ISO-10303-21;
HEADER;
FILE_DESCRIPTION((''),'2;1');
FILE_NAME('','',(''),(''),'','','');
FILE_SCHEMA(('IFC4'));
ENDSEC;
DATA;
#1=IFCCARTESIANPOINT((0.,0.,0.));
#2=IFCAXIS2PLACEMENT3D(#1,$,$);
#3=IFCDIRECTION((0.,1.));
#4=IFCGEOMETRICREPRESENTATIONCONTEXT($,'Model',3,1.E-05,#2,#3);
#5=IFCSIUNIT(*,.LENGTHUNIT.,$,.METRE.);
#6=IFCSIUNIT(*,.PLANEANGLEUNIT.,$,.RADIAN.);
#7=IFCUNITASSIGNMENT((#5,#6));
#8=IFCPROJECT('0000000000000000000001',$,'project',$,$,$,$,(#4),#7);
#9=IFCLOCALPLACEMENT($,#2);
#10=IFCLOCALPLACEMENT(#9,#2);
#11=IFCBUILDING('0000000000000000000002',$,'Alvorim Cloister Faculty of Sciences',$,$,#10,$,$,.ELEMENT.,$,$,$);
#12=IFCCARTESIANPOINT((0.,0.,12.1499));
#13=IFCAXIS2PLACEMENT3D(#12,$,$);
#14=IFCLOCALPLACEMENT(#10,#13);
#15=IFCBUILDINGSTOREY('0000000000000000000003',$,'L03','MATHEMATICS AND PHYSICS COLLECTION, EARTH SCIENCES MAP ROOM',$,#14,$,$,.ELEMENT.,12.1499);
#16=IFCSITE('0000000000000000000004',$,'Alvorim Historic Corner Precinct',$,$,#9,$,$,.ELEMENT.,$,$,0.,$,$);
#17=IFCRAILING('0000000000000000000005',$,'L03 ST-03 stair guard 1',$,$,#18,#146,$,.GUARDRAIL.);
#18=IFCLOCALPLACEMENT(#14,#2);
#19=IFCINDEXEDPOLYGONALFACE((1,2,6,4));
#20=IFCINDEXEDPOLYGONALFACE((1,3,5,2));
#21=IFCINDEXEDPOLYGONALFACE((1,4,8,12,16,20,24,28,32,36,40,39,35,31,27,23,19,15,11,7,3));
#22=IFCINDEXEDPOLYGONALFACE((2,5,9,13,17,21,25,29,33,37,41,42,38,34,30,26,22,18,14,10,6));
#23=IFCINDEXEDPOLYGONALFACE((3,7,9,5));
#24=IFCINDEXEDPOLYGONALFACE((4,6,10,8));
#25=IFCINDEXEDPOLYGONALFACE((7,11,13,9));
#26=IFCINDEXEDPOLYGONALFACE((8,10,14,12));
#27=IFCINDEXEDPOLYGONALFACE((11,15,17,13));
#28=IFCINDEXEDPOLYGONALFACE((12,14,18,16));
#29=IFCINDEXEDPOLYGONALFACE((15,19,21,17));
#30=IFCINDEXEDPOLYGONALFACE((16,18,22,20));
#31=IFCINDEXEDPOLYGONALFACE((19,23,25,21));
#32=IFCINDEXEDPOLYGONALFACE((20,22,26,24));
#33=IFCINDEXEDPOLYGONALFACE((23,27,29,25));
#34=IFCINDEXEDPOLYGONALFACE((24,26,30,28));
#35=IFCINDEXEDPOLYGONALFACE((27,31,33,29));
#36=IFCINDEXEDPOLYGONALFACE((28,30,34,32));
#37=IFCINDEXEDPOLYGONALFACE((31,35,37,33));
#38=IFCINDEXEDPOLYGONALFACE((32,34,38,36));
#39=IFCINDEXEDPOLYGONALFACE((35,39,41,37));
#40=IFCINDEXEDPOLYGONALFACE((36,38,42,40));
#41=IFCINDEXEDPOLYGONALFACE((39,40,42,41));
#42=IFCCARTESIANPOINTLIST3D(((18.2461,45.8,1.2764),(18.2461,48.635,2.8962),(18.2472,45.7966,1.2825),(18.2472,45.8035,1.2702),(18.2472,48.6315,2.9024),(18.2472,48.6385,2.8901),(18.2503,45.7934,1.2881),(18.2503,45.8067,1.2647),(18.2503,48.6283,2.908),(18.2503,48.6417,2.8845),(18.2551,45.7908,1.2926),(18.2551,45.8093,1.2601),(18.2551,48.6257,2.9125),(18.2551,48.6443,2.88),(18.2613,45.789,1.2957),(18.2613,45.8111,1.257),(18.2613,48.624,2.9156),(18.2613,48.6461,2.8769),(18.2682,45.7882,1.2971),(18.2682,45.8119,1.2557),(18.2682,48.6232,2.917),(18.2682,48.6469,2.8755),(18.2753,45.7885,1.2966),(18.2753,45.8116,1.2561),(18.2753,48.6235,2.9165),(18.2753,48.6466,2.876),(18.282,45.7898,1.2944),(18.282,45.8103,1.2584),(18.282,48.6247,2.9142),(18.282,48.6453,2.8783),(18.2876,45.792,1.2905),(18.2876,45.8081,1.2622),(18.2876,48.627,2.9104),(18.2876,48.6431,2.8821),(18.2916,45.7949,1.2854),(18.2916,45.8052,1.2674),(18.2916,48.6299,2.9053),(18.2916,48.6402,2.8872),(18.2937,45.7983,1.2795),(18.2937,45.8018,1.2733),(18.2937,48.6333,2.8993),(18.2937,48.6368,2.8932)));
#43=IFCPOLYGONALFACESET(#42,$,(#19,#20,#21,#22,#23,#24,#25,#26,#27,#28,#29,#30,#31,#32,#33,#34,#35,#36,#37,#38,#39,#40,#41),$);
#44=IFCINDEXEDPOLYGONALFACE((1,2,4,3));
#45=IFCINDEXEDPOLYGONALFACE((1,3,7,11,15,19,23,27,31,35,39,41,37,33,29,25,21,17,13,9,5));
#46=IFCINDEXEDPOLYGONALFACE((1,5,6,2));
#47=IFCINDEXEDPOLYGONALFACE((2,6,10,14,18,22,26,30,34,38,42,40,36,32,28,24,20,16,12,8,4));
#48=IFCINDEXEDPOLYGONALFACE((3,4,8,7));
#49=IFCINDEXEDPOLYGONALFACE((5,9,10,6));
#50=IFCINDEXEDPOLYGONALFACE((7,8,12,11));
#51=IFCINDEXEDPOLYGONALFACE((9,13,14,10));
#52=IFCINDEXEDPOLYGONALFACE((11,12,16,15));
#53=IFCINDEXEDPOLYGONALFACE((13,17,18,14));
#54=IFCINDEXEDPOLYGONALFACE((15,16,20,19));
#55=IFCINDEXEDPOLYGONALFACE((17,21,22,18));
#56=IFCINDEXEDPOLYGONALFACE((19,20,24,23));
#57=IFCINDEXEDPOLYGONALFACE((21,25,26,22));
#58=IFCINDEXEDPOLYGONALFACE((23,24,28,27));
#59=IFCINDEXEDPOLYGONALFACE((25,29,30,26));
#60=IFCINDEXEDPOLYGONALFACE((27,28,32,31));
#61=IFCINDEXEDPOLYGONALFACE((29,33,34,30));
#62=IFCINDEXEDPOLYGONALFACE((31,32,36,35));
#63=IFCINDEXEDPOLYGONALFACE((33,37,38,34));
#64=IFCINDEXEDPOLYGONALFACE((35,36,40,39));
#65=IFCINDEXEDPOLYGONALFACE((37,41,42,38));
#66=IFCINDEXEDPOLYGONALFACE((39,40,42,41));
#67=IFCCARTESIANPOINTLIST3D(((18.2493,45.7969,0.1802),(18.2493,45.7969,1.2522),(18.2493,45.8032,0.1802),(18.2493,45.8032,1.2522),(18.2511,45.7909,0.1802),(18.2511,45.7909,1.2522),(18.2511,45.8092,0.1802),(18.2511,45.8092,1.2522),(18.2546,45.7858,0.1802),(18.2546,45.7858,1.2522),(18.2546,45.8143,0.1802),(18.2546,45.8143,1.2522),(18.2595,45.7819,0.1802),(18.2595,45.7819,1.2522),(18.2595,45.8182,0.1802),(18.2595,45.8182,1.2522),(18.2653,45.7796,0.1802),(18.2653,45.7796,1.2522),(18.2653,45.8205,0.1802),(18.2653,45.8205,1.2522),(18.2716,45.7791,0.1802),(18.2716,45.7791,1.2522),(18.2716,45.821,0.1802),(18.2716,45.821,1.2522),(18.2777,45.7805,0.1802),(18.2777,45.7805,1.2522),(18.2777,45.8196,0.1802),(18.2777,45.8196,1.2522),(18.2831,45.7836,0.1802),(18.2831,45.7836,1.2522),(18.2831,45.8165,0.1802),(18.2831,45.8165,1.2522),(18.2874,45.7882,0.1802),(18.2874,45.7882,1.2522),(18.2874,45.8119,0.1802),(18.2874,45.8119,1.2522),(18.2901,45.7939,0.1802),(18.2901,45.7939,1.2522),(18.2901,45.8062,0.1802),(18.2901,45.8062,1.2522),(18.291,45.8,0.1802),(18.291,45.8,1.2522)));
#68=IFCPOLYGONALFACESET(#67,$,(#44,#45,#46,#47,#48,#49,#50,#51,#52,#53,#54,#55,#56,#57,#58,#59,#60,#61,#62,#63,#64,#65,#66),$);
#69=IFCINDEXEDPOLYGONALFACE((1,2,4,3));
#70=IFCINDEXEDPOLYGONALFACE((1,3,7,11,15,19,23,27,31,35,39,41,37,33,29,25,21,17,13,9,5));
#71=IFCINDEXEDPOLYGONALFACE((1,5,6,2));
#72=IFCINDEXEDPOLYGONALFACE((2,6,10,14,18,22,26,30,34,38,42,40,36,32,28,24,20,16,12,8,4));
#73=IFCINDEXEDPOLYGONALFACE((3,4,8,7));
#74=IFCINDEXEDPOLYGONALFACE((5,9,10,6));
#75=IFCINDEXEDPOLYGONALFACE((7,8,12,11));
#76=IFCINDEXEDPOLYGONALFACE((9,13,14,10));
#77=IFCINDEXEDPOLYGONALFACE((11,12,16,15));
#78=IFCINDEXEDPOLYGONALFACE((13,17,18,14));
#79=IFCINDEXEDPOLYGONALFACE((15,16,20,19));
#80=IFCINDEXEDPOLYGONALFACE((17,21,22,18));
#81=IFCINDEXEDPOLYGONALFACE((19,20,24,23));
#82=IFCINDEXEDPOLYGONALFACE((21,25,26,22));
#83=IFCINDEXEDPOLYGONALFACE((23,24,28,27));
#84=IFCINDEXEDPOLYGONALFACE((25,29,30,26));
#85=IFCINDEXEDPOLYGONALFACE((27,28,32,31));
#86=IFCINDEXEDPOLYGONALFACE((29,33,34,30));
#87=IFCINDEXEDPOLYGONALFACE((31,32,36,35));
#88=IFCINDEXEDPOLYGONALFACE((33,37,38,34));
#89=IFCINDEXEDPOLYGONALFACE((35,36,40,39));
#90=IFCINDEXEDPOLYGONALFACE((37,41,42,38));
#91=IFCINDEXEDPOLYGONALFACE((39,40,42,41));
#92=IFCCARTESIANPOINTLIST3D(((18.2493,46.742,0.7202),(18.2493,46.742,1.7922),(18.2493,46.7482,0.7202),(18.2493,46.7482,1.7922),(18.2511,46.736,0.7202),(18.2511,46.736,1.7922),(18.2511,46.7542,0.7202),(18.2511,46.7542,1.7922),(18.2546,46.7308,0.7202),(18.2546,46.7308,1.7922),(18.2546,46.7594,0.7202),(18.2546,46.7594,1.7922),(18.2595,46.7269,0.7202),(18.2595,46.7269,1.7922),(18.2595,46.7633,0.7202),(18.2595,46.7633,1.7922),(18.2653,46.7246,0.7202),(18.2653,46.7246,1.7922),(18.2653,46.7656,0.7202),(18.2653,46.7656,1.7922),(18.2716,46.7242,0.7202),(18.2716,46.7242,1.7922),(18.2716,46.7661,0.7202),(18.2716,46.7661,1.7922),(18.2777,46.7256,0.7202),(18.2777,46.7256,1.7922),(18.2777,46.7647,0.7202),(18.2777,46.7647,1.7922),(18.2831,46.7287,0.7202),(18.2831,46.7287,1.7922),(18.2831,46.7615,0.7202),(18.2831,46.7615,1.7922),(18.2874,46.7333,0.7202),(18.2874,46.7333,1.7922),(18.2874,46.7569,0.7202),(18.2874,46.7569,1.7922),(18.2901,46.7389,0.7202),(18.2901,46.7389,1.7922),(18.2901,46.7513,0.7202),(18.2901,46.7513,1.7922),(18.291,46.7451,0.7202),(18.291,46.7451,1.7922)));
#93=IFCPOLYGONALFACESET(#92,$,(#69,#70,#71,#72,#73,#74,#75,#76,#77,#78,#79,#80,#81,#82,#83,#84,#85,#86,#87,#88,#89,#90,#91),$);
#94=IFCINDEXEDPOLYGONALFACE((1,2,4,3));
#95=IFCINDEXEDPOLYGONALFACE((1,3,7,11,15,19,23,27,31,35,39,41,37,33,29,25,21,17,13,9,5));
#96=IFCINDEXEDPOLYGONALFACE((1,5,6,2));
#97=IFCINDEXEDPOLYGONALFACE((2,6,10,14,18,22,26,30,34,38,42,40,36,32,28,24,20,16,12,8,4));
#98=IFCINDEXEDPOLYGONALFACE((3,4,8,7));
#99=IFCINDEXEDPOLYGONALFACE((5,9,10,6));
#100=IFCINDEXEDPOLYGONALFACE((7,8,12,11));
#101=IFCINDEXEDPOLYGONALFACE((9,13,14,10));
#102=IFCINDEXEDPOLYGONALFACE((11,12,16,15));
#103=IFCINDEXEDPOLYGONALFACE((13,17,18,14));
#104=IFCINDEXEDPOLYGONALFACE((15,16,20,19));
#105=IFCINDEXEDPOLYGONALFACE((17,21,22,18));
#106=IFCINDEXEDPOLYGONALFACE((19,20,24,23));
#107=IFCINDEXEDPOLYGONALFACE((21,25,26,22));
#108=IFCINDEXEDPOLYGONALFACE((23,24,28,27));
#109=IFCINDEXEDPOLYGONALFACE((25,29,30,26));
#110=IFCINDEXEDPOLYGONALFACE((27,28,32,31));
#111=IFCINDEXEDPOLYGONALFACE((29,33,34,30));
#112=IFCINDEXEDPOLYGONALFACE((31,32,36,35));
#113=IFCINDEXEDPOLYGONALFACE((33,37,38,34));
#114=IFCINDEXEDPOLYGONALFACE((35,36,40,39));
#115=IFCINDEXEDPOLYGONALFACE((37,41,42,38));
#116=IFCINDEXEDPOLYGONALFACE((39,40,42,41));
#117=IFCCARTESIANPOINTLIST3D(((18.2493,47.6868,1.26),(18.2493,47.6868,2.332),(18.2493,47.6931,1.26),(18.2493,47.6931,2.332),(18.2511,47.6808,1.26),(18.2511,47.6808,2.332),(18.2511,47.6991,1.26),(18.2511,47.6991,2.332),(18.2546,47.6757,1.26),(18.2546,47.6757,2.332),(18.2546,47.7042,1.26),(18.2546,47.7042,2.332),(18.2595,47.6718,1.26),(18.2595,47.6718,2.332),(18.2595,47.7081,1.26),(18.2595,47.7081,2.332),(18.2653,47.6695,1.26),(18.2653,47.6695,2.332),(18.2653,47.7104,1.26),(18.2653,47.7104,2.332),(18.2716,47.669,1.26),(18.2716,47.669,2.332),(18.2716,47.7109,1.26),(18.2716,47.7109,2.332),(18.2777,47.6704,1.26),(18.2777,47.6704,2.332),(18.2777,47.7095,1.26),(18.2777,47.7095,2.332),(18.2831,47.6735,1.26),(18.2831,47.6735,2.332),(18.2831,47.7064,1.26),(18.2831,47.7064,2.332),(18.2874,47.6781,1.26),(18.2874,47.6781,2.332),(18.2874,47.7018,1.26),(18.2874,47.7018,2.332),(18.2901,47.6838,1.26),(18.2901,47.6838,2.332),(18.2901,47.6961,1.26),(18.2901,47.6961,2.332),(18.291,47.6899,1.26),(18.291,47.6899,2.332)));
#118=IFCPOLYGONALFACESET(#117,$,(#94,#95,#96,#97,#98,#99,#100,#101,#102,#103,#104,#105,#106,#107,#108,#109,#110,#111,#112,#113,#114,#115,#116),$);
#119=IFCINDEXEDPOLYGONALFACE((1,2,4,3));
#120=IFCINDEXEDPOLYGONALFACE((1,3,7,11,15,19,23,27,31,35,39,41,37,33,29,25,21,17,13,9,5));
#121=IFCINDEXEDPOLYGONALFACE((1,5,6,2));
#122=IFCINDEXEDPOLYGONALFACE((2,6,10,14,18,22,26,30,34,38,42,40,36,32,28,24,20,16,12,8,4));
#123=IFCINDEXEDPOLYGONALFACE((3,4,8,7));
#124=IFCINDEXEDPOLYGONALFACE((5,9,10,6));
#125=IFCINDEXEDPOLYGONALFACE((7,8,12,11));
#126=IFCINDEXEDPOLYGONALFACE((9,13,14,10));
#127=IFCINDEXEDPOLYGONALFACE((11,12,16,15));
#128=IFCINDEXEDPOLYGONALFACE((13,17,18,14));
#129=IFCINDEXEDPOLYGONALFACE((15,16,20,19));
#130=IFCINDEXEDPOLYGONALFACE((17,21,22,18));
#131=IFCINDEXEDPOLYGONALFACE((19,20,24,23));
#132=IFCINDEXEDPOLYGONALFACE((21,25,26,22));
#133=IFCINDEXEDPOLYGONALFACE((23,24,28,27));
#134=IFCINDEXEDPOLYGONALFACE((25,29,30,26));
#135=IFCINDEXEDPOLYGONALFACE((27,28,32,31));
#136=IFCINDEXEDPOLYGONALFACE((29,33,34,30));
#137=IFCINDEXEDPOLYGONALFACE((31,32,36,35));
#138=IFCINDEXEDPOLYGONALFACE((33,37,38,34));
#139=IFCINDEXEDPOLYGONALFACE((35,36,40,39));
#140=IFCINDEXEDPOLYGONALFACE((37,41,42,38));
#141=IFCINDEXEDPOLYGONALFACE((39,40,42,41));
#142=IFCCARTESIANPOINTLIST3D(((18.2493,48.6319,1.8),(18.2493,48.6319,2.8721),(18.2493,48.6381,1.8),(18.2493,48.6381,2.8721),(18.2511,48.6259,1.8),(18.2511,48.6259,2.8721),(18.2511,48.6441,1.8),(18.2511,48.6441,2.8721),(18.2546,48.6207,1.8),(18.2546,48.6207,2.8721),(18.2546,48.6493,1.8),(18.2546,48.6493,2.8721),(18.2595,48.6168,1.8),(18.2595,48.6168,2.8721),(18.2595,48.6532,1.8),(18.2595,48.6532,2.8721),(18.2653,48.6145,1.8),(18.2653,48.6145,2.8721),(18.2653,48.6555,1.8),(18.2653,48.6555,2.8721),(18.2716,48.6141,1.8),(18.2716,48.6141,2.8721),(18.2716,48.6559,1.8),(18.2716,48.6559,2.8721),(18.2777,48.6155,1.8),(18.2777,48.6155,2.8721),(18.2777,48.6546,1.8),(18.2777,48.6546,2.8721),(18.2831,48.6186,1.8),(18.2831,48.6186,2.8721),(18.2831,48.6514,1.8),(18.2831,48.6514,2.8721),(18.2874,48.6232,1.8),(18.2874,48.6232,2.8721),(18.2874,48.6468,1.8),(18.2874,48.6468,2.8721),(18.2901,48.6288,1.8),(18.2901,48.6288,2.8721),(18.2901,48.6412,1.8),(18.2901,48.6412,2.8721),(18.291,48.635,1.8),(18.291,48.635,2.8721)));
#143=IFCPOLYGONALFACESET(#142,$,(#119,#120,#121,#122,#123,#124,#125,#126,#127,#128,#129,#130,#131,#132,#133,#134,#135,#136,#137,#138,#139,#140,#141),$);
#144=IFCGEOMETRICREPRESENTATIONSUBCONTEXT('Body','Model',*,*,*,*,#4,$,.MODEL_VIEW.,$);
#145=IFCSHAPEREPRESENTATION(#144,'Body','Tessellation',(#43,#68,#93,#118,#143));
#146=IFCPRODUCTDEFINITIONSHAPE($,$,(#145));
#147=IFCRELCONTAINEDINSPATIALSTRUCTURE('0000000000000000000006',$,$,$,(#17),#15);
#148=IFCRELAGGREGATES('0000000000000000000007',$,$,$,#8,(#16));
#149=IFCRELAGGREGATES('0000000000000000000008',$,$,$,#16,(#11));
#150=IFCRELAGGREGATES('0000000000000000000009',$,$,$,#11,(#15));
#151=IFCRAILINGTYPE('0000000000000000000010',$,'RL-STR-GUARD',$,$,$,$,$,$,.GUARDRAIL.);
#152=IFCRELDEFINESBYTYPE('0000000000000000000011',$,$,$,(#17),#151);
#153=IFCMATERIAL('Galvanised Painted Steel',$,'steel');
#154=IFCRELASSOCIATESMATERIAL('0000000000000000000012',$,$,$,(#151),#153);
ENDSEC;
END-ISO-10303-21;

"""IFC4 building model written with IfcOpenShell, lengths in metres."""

from ifc_helpers import new_model, si_unit, direction, frame, origin, origin_2d, place, context, subcontext, project, spatial, circle, extrude, material, type_object, element, save


model = new_model("IFC4")

# Units and contexts
model_context = context("Model", 3, precision=1e-05, world=origin(), true_north=direction((0.0, 1.0)))
body_context = subcontext(model_context, "Body", "Model", "MODEL_VIEW")
ifc_project = project(units=[si_unit("LENGTHUNIT", "METRE"), si_unit("PLANEANGLEUNIT", "RADIAN")], contexts=[model_context])

# Site, building, storey
site_placement = place(None, origin())
site = spatial("IfcSite", under=ifc_project, at=site_placement, Name="Alvorim Historic Corner Precinct", CompositionType="ELEMENT", RefElevation=0.0)
building_placement = place(site_placement, origin())
building = spatial("IfcBuilding", under=site, at=building_placement, Name="Alvorim Cloister Faculty of Sciences", CompositionType="ELEMENT")
storey_placement = place(building_placement, frame((0.0, 0.0, 12.1499)))
storey = spatial("IfcBuildingStorey", under=building, at=storey_placement, Name="L03", Description="MATHEMATICS AND PHYSICS COLLECTION, EARTH SCIENCES MAP ROOM", CompositionType="ELEMENT", Elevation=12.1499)

# Railing
ifc_material_1 = material(Name="Galvanised Painted Steel", Category="steel")
railing_type_1 = type_object("IfcRailingType", Name="RL-STR-GUARD", PredefinedType="GUARDRAIL", material=ifc_material_1)
railing_1_placement = place(storey_placement, frame((18.27, 45.8, 0.1802)))
element("IfcRailing", 1, at=railing_1_placement, inside=storey, type_object=railing_type_1, Name="L03 ST-03 stair guard 1", PredefinedType="GUARDRAIL", context=body_context, shape_type="SweptSolid", body=[
    extrude(circle(Radius=0.0239, at=origin_2d()), frame((0.0, 0.0, 1.0962), z_axis=(0.0, 0.868257, 0.496115), x_axis=(-1.0, 0.0, 0.0)), (0.0, 0.0, 1.0), 3.2651),
    extrude(circle(Radius=0.021, at=origin_2d()), origin(), (0.0, 0.0, 1.0), 1.072),
    extrude(circle(Radius=0.021, at=origin_2d()), frame((0.0, 0.9451, 0.54)), (0.0, 0.0, 1.0), 1.072),
    extrude(circle(Radius=0.021, at=origin_2d()), frame((0.0, 1.8899, 1.0798)), (0.0, 0.0, 1.0), 1.072),
    extrude(circle(Radius=0.021, at=origin_2d()), frame((0.0, 2.835, 1.6199)), (0.0, 0.0, 1.0), 1.072),
])

save(model, "model.ifc")
